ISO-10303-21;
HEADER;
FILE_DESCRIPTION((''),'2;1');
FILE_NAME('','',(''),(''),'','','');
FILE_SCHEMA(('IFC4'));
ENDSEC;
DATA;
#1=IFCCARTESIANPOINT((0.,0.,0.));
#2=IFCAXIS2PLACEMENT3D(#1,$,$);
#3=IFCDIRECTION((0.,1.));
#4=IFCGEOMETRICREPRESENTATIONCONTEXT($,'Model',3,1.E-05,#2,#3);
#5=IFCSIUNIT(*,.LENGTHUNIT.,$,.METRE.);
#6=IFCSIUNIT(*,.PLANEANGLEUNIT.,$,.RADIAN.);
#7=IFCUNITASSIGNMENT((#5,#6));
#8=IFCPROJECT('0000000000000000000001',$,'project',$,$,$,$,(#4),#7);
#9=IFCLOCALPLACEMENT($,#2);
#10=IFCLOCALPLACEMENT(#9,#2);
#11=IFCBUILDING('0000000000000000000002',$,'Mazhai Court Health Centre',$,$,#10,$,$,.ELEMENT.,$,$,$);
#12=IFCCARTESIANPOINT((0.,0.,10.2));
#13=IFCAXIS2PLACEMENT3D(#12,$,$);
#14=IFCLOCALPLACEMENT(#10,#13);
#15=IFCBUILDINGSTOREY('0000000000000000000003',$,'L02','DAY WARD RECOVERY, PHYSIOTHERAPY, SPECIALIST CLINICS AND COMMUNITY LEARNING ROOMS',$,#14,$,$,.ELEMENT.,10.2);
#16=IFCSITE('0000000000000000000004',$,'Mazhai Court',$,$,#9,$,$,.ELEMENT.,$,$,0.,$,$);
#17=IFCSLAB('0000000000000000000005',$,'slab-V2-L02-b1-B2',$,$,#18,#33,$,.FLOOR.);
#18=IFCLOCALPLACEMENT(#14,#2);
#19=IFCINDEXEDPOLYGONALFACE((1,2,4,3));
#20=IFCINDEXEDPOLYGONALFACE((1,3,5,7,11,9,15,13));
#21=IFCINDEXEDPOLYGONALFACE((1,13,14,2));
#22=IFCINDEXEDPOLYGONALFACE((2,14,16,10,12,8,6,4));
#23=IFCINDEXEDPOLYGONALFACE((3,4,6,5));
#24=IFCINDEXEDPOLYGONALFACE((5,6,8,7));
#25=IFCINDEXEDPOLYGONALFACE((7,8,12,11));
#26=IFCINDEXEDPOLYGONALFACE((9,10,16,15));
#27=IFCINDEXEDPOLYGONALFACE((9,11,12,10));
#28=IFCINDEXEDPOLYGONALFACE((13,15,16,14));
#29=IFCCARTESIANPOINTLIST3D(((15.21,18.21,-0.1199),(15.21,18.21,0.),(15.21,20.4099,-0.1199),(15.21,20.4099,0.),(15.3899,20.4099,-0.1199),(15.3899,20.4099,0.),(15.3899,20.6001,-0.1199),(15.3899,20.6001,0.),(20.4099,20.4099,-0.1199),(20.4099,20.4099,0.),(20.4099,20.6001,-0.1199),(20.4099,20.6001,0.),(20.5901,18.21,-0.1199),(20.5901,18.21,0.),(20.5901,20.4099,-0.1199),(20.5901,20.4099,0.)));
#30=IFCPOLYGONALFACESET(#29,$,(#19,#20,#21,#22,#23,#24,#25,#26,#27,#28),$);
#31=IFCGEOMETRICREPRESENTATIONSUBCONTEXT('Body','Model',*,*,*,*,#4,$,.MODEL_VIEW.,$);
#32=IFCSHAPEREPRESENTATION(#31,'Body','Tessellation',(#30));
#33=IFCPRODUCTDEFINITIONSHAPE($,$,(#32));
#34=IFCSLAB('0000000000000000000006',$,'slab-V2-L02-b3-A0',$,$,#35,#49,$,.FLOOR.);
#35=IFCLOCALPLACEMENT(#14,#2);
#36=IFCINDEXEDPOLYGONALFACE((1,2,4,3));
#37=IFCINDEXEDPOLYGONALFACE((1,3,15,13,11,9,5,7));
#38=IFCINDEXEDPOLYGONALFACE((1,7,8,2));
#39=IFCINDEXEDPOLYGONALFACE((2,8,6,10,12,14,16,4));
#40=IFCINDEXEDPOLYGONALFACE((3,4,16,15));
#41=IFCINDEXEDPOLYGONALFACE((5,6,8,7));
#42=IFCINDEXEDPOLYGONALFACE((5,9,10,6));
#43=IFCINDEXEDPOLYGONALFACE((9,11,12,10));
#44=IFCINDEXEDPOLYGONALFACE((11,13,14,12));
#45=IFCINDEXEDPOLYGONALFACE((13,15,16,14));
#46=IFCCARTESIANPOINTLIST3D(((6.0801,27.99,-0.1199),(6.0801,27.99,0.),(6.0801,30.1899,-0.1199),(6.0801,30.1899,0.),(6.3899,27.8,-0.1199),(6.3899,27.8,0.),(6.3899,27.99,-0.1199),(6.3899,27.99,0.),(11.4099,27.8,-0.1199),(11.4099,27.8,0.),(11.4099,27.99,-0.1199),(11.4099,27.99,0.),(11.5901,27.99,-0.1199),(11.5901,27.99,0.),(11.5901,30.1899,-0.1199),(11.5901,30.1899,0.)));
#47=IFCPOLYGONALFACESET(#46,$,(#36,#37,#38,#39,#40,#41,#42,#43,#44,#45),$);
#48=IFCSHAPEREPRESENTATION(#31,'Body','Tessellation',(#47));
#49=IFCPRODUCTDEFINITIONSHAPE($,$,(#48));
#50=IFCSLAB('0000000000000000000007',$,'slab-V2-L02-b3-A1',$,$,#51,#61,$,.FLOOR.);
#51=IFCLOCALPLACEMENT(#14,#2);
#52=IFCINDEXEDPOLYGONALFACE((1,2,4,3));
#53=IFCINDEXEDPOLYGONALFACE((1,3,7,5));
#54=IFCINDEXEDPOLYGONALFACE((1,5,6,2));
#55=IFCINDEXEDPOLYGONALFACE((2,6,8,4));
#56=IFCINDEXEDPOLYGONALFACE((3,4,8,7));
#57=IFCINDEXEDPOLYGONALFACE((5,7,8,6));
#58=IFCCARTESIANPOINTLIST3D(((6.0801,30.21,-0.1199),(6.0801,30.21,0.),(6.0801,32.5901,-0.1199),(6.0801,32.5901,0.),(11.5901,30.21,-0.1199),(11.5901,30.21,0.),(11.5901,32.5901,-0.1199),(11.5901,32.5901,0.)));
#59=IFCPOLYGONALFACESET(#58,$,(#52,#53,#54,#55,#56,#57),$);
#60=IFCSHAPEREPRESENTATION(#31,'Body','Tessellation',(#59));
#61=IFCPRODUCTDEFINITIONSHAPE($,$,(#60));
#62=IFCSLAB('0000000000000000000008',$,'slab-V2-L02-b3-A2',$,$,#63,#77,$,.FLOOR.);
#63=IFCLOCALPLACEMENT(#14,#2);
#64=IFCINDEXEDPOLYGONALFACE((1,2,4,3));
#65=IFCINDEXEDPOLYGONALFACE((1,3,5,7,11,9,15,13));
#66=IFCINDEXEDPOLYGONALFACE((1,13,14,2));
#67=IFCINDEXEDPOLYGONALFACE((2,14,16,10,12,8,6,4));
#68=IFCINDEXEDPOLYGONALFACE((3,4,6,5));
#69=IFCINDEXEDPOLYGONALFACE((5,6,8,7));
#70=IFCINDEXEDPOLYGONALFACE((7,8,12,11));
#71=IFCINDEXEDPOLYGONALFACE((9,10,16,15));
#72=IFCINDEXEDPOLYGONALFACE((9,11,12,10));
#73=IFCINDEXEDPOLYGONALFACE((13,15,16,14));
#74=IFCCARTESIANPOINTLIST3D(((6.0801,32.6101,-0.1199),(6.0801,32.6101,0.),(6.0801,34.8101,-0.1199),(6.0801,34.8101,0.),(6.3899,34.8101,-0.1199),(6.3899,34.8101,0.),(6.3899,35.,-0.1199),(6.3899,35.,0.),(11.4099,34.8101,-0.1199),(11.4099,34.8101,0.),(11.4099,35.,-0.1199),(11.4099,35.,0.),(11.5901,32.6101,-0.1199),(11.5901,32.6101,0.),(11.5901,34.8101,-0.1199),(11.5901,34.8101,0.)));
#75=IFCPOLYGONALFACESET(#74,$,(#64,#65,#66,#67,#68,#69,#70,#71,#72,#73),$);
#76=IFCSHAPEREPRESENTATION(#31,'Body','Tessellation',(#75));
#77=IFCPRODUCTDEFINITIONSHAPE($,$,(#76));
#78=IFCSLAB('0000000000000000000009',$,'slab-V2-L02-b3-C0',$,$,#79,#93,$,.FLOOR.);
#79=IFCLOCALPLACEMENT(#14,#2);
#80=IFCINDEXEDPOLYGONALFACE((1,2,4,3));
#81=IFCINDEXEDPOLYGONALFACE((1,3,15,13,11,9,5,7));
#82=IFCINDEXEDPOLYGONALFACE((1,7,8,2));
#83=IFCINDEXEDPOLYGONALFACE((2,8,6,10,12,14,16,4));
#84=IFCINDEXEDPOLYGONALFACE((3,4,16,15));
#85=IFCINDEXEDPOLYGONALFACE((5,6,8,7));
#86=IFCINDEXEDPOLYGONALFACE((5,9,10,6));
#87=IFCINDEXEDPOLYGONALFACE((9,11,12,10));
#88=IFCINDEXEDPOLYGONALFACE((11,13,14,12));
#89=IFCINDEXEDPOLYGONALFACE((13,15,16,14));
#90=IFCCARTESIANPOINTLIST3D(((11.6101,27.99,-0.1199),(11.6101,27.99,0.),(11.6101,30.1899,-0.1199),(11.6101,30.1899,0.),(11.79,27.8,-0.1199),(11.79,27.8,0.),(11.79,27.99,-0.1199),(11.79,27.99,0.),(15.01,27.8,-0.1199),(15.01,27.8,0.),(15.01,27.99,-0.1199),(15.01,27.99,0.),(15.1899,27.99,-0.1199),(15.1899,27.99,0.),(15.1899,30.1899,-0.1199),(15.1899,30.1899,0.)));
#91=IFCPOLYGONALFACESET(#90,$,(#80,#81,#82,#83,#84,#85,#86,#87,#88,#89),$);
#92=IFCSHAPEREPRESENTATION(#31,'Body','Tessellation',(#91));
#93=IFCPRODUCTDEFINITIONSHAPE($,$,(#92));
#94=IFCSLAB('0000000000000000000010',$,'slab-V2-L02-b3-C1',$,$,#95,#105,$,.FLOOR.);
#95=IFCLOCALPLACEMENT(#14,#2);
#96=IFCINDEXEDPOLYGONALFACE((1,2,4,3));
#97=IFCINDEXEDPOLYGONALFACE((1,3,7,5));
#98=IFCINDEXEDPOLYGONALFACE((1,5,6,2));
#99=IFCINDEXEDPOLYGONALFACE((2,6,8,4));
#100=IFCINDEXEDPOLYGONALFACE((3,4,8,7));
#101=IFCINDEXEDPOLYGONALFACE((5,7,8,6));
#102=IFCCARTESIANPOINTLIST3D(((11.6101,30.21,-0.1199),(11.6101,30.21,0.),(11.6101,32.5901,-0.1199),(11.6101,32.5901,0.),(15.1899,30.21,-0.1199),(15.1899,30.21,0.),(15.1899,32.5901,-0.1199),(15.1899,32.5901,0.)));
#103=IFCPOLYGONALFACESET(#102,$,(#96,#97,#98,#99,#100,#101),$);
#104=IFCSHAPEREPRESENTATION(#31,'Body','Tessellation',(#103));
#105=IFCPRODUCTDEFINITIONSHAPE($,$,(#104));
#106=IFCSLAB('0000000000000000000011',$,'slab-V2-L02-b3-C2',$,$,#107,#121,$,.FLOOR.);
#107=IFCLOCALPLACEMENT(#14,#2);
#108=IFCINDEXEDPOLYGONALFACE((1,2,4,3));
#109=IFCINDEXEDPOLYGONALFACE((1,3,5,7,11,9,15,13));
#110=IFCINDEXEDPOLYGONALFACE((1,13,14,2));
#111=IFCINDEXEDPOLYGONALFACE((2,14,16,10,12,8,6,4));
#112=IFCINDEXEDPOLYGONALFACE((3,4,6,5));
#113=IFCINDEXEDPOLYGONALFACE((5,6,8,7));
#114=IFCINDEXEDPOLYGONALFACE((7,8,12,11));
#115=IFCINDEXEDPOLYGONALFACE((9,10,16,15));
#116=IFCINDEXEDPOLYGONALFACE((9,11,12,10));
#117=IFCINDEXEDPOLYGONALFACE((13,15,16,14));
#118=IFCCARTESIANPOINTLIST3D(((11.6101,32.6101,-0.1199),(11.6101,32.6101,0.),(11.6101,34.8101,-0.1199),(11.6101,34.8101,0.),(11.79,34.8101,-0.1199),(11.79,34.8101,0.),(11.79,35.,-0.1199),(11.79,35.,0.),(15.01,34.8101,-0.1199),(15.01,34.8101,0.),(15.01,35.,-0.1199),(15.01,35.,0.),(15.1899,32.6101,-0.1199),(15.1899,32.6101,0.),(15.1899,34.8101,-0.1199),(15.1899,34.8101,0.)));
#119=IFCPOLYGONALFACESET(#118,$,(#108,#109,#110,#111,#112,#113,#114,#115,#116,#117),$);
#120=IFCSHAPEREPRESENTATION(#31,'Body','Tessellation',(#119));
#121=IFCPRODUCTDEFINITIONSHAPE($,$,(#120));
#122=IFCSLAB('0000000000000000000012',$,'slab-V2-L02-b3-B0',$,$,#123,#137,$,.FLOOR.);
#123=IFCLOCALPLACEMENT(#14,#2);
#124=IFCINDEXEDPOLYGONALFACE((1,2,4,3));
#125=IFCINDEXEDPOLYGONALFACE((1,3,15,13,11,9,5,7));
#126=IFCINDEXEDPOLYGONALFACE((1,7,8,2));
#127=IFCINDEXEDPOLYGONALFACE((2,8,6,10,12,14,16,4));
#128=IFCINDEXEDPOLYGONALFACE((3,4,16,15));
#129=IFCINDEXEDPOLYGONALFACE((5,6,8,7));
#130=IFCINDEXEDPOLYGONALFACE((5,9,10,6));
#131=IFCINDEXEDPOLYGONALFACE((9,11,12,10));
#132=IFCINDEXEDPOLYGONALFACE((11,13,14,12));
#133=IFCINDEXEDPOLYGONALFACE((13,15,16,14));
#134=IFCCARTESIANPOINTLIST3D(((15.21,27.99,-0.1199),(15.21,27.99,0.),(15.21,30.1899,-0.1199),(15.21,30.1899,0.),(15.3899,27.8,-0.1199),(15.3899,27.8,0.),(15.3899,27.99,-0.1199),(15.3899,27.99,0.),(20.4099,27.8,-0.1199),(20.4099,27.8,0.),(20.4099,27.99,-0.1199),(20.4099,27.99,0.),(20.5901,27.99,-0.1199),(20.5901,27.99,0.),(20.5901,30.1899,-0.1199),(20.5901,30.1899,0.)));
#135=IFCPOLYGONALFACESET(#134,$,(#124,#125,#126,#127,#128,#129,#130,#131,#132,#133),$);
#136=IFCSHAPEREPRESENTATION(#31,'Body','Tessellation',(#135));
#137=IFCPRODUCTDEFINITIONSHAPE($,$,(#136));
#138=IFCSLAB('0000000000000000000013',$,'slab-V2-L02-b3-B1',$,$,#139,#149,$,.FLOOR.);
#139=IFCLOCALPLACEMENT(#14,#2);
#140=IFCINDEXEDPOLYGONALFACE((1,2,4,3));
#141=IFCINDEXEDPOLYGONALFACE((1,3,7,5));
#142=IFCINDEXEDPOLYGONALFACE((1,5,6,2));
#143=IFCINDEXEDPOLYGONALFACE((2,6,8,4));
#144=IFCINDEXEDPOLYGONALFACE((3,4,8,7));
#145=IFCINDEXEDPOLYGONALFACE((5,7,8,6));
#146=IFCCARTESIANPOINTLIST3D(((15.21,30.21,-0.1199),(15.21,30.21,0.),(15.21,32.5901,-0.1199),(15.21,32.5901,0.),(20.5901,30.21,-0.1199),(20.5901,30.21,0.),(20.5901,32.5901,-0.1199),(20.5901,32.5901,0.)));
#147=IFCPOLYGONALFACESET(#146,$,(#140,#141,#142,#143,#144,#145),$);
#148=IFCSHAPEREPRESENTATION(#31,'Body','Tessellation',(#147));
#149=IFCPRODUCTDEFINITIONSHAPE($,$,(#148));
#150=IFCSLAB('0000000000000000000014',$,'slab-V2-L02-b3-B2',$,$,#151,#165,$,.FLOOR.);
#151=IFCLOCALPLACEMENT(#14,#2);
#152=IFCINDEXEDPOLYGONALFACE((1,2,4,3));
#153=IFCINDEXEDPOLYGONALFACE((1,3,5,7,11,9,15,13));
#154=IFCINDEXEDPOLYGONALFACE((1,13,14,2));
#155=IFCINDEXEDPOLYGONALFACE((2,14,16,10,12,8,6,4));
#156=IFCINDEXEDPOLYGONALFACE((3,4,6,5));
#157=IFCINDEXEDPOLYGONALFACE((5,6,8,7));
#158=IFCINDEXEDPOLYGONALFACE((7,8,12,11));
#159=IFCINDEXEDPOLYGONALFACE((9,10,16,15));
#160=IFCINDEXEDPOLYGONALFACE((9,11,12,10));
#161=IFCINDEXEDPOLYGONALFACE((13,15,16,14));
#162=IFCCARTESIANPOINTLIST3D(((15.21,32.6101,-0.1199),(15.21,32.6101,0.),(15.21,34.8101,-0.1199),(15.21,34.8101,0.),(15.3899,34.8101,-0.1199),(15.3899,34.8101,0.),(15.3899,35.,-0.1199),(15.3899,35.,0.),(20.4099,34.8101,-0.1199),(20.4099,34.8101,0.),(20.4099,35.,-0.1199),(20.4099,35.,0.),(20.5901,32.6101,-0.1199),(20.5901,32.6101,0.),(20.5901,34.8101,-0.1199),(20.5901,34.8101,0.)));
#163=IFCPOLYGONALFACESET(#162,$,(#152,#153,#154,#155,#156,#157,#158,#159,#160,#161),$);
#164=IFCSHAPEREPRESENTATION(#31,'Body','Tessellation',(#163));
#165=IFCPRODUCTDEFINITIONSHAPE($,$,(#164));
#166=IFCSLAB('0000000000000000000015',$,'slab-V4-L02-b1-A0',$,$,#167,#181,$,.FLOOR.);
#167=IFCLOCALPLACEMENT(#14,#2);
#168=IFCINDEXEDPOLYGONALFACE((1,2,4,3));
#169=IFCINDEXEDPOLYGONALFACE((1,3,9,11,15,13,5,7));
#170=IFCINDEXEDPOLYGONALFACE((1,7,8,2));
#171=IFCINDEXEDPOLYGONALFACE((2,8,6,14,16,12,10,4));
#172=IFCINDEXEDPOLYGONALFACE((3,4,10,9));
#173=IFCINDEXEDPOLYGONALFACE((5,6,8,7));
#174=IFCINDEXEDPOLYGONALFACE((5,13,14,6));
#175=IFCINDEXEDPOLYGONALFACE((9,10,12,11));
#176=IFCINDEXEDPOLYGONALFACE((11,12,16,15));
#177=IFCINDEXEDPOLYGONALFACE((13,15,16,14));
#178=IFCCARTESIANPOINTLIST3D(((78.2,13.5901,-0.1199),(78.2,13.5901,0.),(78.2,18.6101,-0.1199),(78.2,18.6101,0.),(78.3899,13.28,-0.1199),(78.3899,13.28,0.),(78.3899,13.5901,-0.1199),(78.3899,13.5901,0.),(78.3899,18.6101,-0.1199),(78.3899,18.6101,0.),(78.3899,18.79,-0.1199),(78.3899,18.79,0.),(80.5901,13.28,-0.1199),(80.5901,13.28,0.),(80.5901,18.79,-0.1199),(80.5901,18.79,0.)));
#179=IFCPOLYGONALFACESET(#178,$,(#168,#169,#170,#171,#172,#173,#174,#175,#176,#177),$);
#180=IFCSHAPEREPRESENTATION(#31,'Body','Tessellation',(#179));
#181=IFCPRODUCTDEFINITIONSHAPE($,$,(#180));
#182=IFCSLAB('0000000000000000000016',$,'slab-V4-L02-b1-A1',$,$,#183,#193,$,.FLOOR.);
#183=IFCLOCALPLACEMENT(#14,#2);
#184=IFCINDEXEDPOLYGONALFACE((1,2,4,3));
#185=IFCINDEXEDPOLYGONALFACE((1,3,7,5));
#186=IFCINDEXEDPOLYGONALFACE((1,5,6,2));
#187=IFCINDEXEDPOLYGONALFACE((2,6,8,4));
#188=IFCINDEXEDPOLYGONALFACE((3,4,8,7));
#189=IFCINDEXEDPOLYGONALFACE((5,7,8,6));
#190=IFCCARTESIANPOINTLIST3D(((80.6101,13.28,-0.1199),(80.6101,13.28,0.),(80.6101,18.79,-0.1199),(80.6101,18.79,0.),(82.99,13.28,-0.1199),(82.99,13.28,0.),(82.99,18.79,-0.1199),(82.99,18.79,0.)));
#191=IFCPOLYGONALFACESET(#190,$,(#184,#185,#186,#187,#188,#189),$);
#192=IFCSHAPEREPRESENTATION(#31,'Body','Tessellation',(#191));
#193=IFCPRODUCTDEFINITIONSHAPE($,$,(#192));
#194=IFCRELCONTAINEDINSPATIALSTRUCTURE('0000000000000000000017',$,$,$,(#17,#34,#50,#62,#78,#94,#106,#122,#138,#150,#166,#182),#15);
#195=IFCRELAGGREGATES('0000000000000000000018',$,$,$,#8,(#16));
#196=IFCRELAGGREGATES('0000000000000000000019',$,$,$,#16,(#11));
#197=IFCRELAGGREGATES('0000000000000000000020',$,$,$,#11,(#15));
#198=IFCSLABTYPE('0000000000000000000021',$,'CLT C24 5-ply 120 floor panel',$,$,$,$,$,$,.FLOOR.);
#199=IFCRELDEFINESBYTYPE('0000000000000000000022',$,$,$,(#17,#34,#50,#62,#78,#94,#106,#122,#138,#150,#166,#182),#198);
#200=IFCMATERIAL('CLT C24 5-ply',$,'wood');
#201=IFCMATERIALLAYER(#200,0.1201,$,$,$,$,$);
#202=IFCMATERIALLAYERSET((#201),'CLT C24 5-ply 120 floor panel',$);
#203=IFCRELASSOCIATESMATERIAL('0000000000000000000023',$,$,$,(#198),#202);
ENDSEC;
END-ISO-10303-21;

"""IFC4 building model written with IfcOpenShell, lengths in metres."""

from ifc_helpers import new_model, si_unit, direction, frame, origin, place, context, subcontext, project, spatial, polyline, outline, extrude, material, layer, layer_set, type_object, element, save


model = new_model("IFC4")

# Units and contexts
model_context = context("Model", 3, precision=1e-05, world=origin(), true_north=direction((0.0, 1.0)))
body_context = subcontext(model_context, "Body", "Model", "MODEL_VIEW")
ifc_project = project(units=[si_unit("LENGTHUNIT", "METRE"), si_unit("PLANEANGLEUNIT", "RADIAN")], contexts=[model_context])

# Site, building, storey
site_placement = place(None, origin())
site = spatial("IfcSite", under=ifc_project, at=site_placement, Name="Mazhai Court", CompositionType="ELEMENT", RefElevation=0.0)
building_placement = place(site_placement, origin())
building = spatial("IfcBuilding", under=site, at=building_placement, Name="Mazhai Court Health Centre", CompositionType="ELEMENT")
storey_placement = place(building_placement, frame((0.0, 0.0, 10.2)))
storey = spatial("IfcBuildingStorey", under=building, at=storey_placement, Name="L02", Description="DAY WARD RECOVERY, PHYSIOTHERAPY, SPECIALIST CLINICS AND COMMUNITY LEARNING ROOMS", CompositionType="ELEMENT", Elevation=10.2)

# Slabs
ifc_material = material(Name="CLT C24 5-ply", Category="wood")
ifc_layer = layer(ifc_material, 0.1201)
ifc_layer_set = layer_set([ifc_layer], Name="CLT C24 5-ply 120 floor panel")
slab_type = type_object("IfcSlabType", Name="CLT C24 5-ply 120 floor panel", PredefinedType="FLOOR", material=ifc_layer_set)
slab_1_placement = place(storey_placement, frame((0.0, 0.0, -0.1199)))
element("IfcSlab", 1, at=slab_1_placement, inside=storey, type_object=slab_type, Name="slab-V2-L02-b1-B2", PredefinedType="FLOOR", context=body_context, shape_type="SweptSolid", body=[
    extrude(outline(polyline([(20.5901, 18.21), (20.5901, 20.4099), (20.4099, 20.4099), (20.4099, 20.6001), (15.3899, 20.6001), (15.3899, 20.4099), (15.21, 20.4099), (15.21, 18.21), (20.5901, 18.21)])), origin(), (0.0, 0.0, 1.0), 0.1199),
])
slab_2_placement = place(storey_placement, frame((0.0, 0.0, -0.1199)))
element("IfcSlab", 2, at=slab_2_placement, inside=storey, type_object=slab_type, Name="slab-V2-L02-b3-A0", PredefinedType="FLOOR", context=body_context, shape_type="SweptSolid", body=[
    extrude(outline(polyline([(6.0801, 30.1899), (6.0801, 27.99), (6.3899, 27.99), (6.3899, 27.8), (11.4099, 27.8), (11.4099, 27.99), (11.5901, 27.99), (11.5901, 30.1899), (6.0801, 30.1899)])), origin(), (0.0, 0.0, 1.0), 0.1199),
])
slab_3_placement = place(storey_placement, frame((0.0, 0.0, -0.1199)))
element("IfcSlab", 3, at=slab_3_placement, inside=storey, type_object=slab_type, Name="slab-V2-L02-b3-A1", PredefinedType="FLOOR", context=body_context, shape_type="SweptSolid", body=[
    extrude(outline(polyline([(6.0801, 30.21), (11.5901, 30.21), (11.5901, 32.5901), (6.0801, 32.5901), (6.0801, 30.21)])), origin(), (0.0, 0.0, 1.0), 0.1199),
])
slab_4_placement = place(storey_placement, frame((0.0, 0.0, -0.1199)))
element("IfcSlab", 4, at=slab_4_placement, inside=storey, type_object=slab_type, Name="slab-V2-L02-b3-A2", PredefinedType="FLOOR", context=body_context, shape_type="SweptSolid", body=[
    extrude(outline(polyline([(11.5901, 32.6101), (11.5901, 34.8101), (11.4099, 34.8101), (11.4099, 35.0), (6.3899, 35.0), (6.3899, 34.8101), (6.0801, 34.8101), (6.0801, 32.6101), (11.5901, 32.6101)])), origin(), (0.0, 0.0, 1.0), 0.1199),
])
slab_5_placement = place(storey_placement, frame((0.0, 0.0, -0.1199)))
element("IfcSlab", 5, at=slab_5_placement, inside=storey, type_object=slab_type, Name="slab-V2-L02-b3-C0", PredefinedType="FLOOR", context=body_context, shape_type="SweptSolid", body=[
    extrude(outline(polyline([(11.6101, 30.1899), (11.6101, 27.99), (11.79, 27.99), (11.79, 27.8), (15.01, 27.8), (15.01, 27.99), (15.1899, 27.99), (15.1899, 30.1899), (11.6101, 30.1899)])), origin(), (0.0, 0.0, 1.0), 0.1199),
])
slab_6_placement = place(storey_placement, frame((0.0, 0.0, -0.1199)))
element("IfcSlab", 6, at=slab_6_placement, inside=storey, type_object=slab_type, Name="slab-V2-L02-b3-C1", PredefinedType="FLOOR", context=body_context, shape_type="SweptSolid", body=[
    extrude(outline(polyline([(11.6101, 30.21), (15.1899, 30.21), (15.1899, 32.5901), (11.6101, 32.5901), (11.6101, 30.21)])), origin(), (0.0, 0.0, 1.0), 0.1199),
])
slab_7_placement = place(storey_placement, frame((0.0, 0.0, -0.1199)))
element("IfcSlab", 7, at=slab_7_placement, inside=storey, type_object=slab_type, Name="slab-V2-L02-b3-C2", PredefinedType="FLOOR", context=body_context, shape_type="SweptSolid", body=[
    extrude(outline(polyline([(15.1899, 32.6101), (15.1899, 34.8101), (15.01, 34.8101), (15.01, 35.0), (11.79, 35.0), (11.79, 34.8101), (11.6101, 34.8101), (11.6101, 32.6101), (15.1899, 32.6101)])), origin(), (0.0, 0.0, 1.0), 0.1199),
])
slab_8_placement = place(storey_placement, frame((0.0, 0.0, -0.1199)))
element("IfcSlab", 8, at=slab_8_placement, inside=storey, type_object=slab_type, Name="slab-V2-L02-b3-B0", PredefinedType="FLOOR", context=body_context, shape_type="SweptSolid", body=[
    extrude(outline(polyline([(15.21, 30.1899), (15.21, 27.99), (15.3899, 27.99), (15.3899, 27.8), (20.4099, 27.8), (20.4099, 27.99), (20.5901, 27.99), (20.5901, 30.1899), (15.21, 30.1899)])), origin(), (0.0, 0.0, 1.0), 0.1199),
])
slab_9_placement = place(storey_placement, frame((0.0, 0.0, -0.1199)))
element("IfcSlab", 9, at=slab_9_placement, inside=storey, type_object=slab_type, Name="slab-V2-L02-b3-B1", PredefinedType="FLOOR", context=body_context, shape_type="SweptSolid", body=[
    extrude(outline(polyline([(15.21, 30.21), (20.5901, 30.21), (20.5901, 32.5901), (15.21, 32.5901), (15.21, 30.21)])), origin(), (0.0, 0.0, 1.0), 0.1199),
])
slab_10_placement = place(storey_placement, frame((0.0, 0.0, -0.1199)))
element("IfcSlab", 10, at=slab_10_placement, inside=storey, type_object=slab_type, Name="slab-V2-L02-b3-B2", PredefinedType="FLOOR", context=body_context, shape_type="SweptSolid", body=[
    extrude(outline(polyline([(20.5901, 32.6101), (20.5901, 34.8101), (20.4099, 34.8101), (20.4099, 35.0), (15.3899, 35.0), (15.3899, 34.8101), (15.21, 34.8101), (15.21, 32.6101), (20.5901, 32.6101)])), origin(), (0.0, 0.0, 1.0), 0.1199),
])
slab_11_placement = place(storey_placement, frame((0.0, 0.0, -0.1199)))
element("IfcSlab", 11, at=slab_11_placement, inside=storey, type_object=slab_type, Name="slab-V4-L02-b1-A0", PredefinedType="FLOOR", context=body_context, shape_type="SweptSolid", body=[
    extrude(outline(polyline([(80.5901, 18.79), (78.3899, 18.79), (78.3899, 18.6101), (78.2, 18.6101), (78.2, 13.5901), (78.3899, 13.5901), (78.3899, 13.28), (80.5901, 13.28), (80.5901, 18.79)])), origin(), (0.0, 0.0, 1.0), 0.1199),
])
slab_12_placement = place(storey_placement, frame((0.0, 0.0, -0.1199)))
element("IfcSlab", 12, at=slab_12_placement, inside=storey, type_object=slab_type, Name="slab-V4-L02-b1-A1", PredefinedType="FLOOR", context=body_context, shape_type="SweptSolid", body=[
    extrude(outline(polyline([(80.6101, 13.28), (82.99, 13.28), (82.99, 18.79), (80.6101, 18.79), (80.6101, 13.28)])), origin(), (0.0, 0.0, 1.0), 0.1199),
])

save(model, "model.ifc")
